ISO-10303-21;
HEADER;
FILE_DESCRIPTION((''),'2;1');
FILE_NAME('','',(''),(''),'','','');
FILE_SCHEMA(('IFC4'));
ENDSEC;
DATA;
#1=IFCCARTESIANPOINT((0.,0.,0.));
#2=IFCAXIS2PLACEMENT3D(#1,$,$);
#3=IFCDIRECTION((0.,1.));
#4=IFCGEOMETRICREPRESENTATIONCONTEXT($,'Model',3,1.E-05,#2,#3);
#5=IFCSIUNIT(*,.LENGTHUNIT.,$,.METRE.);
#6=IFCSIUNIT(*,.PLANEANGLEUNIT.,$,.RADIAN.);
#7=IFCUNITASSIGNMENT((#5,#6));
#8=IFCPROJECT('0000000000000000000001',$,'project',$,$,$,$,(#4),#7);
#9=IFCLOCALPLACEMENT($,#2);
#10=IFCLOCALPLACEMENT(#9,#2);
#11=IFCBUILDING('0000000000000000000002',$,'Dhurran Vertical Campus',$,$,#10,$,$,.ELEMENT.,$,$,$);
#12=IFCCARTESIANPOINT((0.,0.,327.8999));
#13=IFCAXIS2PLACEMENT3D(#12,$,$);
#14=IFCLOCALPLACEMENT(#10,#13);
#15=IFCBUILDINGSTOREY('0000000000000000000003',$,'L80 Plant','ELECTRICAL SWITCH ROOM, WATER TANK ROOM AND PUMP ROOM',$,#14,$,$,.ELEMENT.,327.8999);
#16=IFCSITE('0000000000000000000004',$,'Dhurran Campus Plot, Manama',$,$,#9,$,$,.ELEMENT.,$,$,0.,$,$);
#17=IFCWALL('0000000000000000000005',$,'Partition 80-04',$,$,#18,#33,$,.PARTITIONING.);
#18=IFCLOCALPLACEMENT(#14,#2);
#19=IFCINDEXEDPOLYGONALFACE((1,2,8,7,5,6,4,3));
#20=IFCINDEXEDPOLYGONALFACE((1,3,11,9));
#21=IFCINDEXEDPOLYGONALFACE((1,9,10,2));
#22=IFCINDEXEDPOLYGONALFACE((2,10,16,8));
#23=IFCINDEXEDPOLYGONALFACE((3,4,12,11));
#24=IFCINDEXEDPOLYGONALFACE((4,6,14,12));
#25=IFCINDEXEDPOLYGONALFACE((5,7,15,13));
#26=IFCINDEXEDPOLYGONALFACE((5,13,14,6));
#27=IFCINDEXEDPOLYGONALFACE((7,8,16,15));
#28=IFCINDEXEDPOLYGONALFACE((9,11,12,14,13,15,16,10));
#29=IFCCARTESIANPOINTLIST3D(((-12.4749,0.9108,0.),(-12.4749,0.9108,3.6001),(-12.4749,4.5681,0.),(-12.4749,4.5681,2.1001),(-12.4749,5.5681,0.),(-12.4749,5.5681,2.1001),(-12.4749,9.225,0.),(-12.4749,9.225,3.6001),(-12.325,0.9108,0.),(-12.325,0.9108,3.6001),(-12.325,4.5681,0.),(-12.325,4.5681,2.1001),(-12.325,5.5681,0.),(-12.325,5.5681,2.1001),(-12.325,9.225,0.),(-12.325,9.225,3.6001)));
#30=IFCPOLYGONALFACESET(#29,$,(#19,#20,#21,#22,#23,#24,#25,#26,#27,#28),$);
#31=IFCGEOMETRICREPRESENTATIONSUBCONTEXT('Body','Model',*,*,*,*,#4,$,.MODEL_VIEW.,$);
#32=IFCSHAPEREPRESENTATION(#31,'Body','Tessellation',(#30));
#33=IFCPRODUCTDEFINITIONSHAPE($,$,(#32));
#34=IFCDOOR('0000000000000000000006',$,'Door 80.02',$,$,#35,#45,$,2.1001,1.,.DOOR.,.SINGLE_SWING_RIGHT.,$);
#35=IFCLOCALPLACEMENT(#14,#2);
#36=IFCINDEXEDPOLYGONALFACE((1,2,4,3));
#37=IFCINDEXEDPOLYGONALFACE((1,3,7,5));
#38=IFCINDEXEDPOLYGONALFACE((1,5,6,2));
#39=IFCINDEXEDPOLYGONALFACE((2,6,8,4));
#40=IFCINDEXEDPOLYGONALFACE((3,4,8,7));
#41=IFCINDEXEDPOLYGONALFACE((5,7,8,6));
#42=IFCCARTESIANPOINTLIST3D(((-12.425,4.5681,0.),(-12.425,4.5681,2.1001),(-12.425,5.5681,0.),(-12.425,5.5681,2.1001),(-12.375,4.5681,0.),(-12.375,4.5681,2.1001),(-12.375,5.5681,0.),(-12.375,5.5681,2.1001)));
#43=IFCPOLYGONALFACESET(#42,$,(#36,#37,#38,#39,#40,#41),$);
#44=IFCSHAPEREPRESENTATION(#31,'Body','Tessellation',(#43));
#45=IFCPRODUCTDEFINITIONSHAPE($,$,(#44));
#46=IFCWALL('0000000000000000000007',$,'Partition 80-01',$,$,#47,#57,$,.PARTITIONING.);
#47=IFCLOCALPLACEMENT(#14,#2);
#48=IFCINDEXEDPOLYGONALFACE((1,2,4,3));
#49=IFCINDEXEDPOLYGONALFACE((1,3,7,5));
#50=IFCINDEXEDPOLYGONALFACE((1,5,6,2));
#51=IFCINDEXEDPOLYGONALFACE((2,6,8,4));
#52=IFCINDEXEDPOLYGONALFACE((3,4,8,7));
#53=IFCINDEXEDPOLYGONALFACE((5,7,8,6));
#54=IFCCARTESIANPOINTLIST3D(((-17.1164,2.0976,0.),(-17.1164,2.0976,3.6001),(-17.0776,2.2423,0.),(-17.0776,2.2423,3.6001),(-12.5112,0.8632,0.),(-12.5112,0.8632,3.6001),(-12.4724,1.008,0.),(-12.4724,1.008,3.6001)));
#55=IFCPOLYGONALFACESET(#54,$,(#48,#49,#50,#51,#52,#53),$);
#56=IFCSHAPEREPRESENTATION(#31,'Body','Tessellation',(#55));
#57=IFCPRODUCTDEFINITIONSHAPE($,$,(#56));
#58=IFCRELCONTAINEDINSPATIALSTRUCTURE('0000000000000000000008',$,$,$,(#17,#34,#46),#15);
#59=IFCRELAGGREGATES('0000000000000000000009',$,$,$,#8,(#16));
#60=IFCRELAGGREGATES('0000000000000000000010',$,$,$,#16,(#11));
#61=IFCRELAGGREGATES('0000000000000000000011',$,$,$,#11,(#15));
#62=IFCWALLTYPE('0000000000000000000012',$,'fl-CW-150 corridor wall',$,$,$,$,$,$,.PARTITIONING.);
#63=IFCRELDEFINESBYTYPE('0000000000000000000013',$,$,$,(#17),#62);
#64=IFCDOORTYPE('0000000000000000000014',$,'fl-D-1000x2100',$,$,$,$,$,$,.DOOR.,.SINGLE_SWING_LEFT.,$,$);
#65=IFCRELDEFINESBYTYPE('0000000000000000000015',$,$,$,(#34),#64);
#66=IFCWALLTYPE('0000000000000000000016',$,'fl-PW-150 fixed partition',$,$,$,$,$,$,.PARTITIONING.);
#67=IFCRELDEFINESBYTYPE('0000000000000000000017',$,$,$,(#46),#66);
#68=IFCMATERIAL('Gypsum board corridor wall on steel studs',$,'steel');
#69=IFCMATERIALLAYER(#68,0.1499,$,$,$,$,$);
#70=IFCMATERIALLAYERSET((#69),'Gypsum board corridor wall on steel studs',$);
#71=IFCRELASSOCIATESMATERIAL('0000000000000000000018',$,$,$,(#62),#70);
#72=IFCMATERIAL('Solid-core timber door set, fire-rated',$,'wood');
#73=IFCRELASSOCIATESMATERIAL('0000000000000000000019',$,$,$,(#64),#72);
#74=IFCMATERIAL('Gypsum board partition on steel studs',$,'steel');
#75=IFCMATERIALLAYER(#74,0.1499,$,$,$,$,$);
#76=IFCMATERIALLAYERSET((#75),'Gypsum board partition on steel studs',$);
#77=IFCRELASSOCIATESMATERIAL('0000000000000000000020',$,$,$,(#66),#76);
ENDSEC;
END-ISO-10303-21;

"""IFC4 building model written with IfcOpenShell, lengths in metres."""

from ifc_helpers import new_model, si_unit, direction, frame, frame_2d, origin, place, context, subcontext, project, spatial, rectangle, extrude, material, layer, layer_set, type_object, element, fill, save


model = new_model("IFC4")

# Units and contexts
model_context = context("Model", 3, precision=1e-05, world=origin(), true_north=direction((0.0, 1.0)))
body_context = subcontext(model_context, "Body", "Model", "MODEL_VIEW")
ifc_project = project(units=[si_unit("LENGTHUNIT", "METRE"), si_unit("PLANEANGLEUNIT", "RADIAN")], contexts=[model_context])

# Site, building, storey
site_placement = place(None, origin())
site = spatial("IfcSite", under=ifc_project, at=site_placement, Name="Dhurran Campus Plot, Manama", CompositionType="ELEMENT", RefElevation=0.0)
building_placement = place(site_placement, origin())
building = spatial("IfcBuilding", under=site, at=building_placement, Name="Dhurran Vertical Campus", CompositionType="ELEMENT")
storey_placement = place(building_placement, frame((0.0, 0.0, 327.8999)))
storey = spatial("IfcBuildingStorey", under=building, at=storey_placement, Name="L80 Plant", Description="ELECTRICAL SWITCH ROOM, WATER TANK ROOM AND PUMP ROOM", CompositionType="ELEMENT", Elevation=327.8999)

# Wall, opening, door
ifc_material_1 = material(Name="Gypsum board corridor wall on steel studs", Category="steel")
ifc_layer_1 = layer(ifc_material_1, 0.1499)
ifc_layer_set_1 = layer_set([ifc_layer_1], Name="Gypsum board corridor wall on steel studs")
wall_type_1 = type_object("IfcWallType", Name="fl-CW-150 corridor wall", PredefinedType="PARTITIONING", material=ifc_layer_set_1)
ifc_material_2 = material(Name="Solid-core timber door set, fire-rated", Category="wood")
door_type = type_object("IfcDoorType", Name="fl-D-1000x2100", OperationType="SINGLE_SWING_LEFT", PredefinedType="DOOR", material=ifc_material_2)
wall_1_placement = place(storey_placement, frame((-12.3999, 9.2251, 0.0), z_axis=(0.0, 0.0, 1.0), x_axis=(0.0, -1.0, 0.0)))
wall_1 = element("IfcWall", 1, at=wall_1_placement, inside=storey, type_object=wall_type_1, Name="Partition 80-04", PredefinedType="PARTITIONING", context=body_context, shape_type="SweptSolid", body=[
    extrude(rectangle(XDim=8.3142, YDim=0.1499, at=frame_2d((4.1572, 0.0))), origin(), (0.0, 0.0, 1.0), 3.6001),
])
opening_1_placement = place(wall_1_placement, frame((3.657, 0.0, 0.0)))
opening_1 = element("IfcOpeningElement", 2, at=opening_1_placement, cuts=wall_1, PredefinedType="OPENING", context=body_context, shape_type="SweptSolid", body=[
    extrude(rectangle(XDim=1.0, YDim=2.1001, at=frame_2d((0.5, 1.05))), frame((0.0, 0.085, 0.0), z_axis=(0.0, -1.0, 0.0), x_axis=(1.0, 0.0, 0.0)), (0.0, 0.0, 1.0), 0.1699),
])
door_1_placement = place(opening_1_placement, origin())
door_1 = element("IfcDoor", 3, at=door_1_placement, inside=storey, type_object=door_type, Name="Door 80.02", OperationType="SINGLE_SWING_RIGHT", OverallHeight=2.1001, OverallWidth=1.0, PredefinedType="DOOR", context=body_context, shape_type="SweptSolid", body=[
    extrude(rectangle(XDim=1.0, YDim=2.1001, at=frame_2d((0.5, 1.05))), frame((0.0, 0.0249, 0.0), z_axis=(0.0, -1.0, 0.0), x_axis=(1.0, 0.0, 0.0)), (0.0, 0.0, 1.0), 0.05),
])
fill(opening_1, door_1)

# Wall
ifc_material_3 = material(Name="Gypsum board partition on steel studs", Category="steel")
ifc_layer_2 = layer(ifc_material_3, 0.1499)
ifc_layer_set_2 = layer_set([ifc_layer_2], Name="Gypsum board partition on steel studs")
wall_type_2 = type_object("IfcWallType", Name="fl-PW-150 fixed partition", PredefinedType="PARTITIONING", material=ifc_layer_set_2)
wall_2_placement = place(storey_placement, frame((-17.0969, 2.1699, 0.0), z_axis=(0.0, 0.0, 1.0), x_axis=(0.965904, -0.258899, 0.0)))
element("IfcWall", 4, at=wall_2_placement, inside=storey, type_object=wall_type_2, Name="Partition 80-01", PredefinedType="PARTITIONING", context=body_context, shape_type="SweptSolid", body=[
    extrude(rectangle(XDim=4.7678, YDim=0.1499, at=frame_2d((2.3838, 0.0))), origin(), (0.0, 0.0, 1.0), 3.6001),
])

save(model, "model.ifc")
